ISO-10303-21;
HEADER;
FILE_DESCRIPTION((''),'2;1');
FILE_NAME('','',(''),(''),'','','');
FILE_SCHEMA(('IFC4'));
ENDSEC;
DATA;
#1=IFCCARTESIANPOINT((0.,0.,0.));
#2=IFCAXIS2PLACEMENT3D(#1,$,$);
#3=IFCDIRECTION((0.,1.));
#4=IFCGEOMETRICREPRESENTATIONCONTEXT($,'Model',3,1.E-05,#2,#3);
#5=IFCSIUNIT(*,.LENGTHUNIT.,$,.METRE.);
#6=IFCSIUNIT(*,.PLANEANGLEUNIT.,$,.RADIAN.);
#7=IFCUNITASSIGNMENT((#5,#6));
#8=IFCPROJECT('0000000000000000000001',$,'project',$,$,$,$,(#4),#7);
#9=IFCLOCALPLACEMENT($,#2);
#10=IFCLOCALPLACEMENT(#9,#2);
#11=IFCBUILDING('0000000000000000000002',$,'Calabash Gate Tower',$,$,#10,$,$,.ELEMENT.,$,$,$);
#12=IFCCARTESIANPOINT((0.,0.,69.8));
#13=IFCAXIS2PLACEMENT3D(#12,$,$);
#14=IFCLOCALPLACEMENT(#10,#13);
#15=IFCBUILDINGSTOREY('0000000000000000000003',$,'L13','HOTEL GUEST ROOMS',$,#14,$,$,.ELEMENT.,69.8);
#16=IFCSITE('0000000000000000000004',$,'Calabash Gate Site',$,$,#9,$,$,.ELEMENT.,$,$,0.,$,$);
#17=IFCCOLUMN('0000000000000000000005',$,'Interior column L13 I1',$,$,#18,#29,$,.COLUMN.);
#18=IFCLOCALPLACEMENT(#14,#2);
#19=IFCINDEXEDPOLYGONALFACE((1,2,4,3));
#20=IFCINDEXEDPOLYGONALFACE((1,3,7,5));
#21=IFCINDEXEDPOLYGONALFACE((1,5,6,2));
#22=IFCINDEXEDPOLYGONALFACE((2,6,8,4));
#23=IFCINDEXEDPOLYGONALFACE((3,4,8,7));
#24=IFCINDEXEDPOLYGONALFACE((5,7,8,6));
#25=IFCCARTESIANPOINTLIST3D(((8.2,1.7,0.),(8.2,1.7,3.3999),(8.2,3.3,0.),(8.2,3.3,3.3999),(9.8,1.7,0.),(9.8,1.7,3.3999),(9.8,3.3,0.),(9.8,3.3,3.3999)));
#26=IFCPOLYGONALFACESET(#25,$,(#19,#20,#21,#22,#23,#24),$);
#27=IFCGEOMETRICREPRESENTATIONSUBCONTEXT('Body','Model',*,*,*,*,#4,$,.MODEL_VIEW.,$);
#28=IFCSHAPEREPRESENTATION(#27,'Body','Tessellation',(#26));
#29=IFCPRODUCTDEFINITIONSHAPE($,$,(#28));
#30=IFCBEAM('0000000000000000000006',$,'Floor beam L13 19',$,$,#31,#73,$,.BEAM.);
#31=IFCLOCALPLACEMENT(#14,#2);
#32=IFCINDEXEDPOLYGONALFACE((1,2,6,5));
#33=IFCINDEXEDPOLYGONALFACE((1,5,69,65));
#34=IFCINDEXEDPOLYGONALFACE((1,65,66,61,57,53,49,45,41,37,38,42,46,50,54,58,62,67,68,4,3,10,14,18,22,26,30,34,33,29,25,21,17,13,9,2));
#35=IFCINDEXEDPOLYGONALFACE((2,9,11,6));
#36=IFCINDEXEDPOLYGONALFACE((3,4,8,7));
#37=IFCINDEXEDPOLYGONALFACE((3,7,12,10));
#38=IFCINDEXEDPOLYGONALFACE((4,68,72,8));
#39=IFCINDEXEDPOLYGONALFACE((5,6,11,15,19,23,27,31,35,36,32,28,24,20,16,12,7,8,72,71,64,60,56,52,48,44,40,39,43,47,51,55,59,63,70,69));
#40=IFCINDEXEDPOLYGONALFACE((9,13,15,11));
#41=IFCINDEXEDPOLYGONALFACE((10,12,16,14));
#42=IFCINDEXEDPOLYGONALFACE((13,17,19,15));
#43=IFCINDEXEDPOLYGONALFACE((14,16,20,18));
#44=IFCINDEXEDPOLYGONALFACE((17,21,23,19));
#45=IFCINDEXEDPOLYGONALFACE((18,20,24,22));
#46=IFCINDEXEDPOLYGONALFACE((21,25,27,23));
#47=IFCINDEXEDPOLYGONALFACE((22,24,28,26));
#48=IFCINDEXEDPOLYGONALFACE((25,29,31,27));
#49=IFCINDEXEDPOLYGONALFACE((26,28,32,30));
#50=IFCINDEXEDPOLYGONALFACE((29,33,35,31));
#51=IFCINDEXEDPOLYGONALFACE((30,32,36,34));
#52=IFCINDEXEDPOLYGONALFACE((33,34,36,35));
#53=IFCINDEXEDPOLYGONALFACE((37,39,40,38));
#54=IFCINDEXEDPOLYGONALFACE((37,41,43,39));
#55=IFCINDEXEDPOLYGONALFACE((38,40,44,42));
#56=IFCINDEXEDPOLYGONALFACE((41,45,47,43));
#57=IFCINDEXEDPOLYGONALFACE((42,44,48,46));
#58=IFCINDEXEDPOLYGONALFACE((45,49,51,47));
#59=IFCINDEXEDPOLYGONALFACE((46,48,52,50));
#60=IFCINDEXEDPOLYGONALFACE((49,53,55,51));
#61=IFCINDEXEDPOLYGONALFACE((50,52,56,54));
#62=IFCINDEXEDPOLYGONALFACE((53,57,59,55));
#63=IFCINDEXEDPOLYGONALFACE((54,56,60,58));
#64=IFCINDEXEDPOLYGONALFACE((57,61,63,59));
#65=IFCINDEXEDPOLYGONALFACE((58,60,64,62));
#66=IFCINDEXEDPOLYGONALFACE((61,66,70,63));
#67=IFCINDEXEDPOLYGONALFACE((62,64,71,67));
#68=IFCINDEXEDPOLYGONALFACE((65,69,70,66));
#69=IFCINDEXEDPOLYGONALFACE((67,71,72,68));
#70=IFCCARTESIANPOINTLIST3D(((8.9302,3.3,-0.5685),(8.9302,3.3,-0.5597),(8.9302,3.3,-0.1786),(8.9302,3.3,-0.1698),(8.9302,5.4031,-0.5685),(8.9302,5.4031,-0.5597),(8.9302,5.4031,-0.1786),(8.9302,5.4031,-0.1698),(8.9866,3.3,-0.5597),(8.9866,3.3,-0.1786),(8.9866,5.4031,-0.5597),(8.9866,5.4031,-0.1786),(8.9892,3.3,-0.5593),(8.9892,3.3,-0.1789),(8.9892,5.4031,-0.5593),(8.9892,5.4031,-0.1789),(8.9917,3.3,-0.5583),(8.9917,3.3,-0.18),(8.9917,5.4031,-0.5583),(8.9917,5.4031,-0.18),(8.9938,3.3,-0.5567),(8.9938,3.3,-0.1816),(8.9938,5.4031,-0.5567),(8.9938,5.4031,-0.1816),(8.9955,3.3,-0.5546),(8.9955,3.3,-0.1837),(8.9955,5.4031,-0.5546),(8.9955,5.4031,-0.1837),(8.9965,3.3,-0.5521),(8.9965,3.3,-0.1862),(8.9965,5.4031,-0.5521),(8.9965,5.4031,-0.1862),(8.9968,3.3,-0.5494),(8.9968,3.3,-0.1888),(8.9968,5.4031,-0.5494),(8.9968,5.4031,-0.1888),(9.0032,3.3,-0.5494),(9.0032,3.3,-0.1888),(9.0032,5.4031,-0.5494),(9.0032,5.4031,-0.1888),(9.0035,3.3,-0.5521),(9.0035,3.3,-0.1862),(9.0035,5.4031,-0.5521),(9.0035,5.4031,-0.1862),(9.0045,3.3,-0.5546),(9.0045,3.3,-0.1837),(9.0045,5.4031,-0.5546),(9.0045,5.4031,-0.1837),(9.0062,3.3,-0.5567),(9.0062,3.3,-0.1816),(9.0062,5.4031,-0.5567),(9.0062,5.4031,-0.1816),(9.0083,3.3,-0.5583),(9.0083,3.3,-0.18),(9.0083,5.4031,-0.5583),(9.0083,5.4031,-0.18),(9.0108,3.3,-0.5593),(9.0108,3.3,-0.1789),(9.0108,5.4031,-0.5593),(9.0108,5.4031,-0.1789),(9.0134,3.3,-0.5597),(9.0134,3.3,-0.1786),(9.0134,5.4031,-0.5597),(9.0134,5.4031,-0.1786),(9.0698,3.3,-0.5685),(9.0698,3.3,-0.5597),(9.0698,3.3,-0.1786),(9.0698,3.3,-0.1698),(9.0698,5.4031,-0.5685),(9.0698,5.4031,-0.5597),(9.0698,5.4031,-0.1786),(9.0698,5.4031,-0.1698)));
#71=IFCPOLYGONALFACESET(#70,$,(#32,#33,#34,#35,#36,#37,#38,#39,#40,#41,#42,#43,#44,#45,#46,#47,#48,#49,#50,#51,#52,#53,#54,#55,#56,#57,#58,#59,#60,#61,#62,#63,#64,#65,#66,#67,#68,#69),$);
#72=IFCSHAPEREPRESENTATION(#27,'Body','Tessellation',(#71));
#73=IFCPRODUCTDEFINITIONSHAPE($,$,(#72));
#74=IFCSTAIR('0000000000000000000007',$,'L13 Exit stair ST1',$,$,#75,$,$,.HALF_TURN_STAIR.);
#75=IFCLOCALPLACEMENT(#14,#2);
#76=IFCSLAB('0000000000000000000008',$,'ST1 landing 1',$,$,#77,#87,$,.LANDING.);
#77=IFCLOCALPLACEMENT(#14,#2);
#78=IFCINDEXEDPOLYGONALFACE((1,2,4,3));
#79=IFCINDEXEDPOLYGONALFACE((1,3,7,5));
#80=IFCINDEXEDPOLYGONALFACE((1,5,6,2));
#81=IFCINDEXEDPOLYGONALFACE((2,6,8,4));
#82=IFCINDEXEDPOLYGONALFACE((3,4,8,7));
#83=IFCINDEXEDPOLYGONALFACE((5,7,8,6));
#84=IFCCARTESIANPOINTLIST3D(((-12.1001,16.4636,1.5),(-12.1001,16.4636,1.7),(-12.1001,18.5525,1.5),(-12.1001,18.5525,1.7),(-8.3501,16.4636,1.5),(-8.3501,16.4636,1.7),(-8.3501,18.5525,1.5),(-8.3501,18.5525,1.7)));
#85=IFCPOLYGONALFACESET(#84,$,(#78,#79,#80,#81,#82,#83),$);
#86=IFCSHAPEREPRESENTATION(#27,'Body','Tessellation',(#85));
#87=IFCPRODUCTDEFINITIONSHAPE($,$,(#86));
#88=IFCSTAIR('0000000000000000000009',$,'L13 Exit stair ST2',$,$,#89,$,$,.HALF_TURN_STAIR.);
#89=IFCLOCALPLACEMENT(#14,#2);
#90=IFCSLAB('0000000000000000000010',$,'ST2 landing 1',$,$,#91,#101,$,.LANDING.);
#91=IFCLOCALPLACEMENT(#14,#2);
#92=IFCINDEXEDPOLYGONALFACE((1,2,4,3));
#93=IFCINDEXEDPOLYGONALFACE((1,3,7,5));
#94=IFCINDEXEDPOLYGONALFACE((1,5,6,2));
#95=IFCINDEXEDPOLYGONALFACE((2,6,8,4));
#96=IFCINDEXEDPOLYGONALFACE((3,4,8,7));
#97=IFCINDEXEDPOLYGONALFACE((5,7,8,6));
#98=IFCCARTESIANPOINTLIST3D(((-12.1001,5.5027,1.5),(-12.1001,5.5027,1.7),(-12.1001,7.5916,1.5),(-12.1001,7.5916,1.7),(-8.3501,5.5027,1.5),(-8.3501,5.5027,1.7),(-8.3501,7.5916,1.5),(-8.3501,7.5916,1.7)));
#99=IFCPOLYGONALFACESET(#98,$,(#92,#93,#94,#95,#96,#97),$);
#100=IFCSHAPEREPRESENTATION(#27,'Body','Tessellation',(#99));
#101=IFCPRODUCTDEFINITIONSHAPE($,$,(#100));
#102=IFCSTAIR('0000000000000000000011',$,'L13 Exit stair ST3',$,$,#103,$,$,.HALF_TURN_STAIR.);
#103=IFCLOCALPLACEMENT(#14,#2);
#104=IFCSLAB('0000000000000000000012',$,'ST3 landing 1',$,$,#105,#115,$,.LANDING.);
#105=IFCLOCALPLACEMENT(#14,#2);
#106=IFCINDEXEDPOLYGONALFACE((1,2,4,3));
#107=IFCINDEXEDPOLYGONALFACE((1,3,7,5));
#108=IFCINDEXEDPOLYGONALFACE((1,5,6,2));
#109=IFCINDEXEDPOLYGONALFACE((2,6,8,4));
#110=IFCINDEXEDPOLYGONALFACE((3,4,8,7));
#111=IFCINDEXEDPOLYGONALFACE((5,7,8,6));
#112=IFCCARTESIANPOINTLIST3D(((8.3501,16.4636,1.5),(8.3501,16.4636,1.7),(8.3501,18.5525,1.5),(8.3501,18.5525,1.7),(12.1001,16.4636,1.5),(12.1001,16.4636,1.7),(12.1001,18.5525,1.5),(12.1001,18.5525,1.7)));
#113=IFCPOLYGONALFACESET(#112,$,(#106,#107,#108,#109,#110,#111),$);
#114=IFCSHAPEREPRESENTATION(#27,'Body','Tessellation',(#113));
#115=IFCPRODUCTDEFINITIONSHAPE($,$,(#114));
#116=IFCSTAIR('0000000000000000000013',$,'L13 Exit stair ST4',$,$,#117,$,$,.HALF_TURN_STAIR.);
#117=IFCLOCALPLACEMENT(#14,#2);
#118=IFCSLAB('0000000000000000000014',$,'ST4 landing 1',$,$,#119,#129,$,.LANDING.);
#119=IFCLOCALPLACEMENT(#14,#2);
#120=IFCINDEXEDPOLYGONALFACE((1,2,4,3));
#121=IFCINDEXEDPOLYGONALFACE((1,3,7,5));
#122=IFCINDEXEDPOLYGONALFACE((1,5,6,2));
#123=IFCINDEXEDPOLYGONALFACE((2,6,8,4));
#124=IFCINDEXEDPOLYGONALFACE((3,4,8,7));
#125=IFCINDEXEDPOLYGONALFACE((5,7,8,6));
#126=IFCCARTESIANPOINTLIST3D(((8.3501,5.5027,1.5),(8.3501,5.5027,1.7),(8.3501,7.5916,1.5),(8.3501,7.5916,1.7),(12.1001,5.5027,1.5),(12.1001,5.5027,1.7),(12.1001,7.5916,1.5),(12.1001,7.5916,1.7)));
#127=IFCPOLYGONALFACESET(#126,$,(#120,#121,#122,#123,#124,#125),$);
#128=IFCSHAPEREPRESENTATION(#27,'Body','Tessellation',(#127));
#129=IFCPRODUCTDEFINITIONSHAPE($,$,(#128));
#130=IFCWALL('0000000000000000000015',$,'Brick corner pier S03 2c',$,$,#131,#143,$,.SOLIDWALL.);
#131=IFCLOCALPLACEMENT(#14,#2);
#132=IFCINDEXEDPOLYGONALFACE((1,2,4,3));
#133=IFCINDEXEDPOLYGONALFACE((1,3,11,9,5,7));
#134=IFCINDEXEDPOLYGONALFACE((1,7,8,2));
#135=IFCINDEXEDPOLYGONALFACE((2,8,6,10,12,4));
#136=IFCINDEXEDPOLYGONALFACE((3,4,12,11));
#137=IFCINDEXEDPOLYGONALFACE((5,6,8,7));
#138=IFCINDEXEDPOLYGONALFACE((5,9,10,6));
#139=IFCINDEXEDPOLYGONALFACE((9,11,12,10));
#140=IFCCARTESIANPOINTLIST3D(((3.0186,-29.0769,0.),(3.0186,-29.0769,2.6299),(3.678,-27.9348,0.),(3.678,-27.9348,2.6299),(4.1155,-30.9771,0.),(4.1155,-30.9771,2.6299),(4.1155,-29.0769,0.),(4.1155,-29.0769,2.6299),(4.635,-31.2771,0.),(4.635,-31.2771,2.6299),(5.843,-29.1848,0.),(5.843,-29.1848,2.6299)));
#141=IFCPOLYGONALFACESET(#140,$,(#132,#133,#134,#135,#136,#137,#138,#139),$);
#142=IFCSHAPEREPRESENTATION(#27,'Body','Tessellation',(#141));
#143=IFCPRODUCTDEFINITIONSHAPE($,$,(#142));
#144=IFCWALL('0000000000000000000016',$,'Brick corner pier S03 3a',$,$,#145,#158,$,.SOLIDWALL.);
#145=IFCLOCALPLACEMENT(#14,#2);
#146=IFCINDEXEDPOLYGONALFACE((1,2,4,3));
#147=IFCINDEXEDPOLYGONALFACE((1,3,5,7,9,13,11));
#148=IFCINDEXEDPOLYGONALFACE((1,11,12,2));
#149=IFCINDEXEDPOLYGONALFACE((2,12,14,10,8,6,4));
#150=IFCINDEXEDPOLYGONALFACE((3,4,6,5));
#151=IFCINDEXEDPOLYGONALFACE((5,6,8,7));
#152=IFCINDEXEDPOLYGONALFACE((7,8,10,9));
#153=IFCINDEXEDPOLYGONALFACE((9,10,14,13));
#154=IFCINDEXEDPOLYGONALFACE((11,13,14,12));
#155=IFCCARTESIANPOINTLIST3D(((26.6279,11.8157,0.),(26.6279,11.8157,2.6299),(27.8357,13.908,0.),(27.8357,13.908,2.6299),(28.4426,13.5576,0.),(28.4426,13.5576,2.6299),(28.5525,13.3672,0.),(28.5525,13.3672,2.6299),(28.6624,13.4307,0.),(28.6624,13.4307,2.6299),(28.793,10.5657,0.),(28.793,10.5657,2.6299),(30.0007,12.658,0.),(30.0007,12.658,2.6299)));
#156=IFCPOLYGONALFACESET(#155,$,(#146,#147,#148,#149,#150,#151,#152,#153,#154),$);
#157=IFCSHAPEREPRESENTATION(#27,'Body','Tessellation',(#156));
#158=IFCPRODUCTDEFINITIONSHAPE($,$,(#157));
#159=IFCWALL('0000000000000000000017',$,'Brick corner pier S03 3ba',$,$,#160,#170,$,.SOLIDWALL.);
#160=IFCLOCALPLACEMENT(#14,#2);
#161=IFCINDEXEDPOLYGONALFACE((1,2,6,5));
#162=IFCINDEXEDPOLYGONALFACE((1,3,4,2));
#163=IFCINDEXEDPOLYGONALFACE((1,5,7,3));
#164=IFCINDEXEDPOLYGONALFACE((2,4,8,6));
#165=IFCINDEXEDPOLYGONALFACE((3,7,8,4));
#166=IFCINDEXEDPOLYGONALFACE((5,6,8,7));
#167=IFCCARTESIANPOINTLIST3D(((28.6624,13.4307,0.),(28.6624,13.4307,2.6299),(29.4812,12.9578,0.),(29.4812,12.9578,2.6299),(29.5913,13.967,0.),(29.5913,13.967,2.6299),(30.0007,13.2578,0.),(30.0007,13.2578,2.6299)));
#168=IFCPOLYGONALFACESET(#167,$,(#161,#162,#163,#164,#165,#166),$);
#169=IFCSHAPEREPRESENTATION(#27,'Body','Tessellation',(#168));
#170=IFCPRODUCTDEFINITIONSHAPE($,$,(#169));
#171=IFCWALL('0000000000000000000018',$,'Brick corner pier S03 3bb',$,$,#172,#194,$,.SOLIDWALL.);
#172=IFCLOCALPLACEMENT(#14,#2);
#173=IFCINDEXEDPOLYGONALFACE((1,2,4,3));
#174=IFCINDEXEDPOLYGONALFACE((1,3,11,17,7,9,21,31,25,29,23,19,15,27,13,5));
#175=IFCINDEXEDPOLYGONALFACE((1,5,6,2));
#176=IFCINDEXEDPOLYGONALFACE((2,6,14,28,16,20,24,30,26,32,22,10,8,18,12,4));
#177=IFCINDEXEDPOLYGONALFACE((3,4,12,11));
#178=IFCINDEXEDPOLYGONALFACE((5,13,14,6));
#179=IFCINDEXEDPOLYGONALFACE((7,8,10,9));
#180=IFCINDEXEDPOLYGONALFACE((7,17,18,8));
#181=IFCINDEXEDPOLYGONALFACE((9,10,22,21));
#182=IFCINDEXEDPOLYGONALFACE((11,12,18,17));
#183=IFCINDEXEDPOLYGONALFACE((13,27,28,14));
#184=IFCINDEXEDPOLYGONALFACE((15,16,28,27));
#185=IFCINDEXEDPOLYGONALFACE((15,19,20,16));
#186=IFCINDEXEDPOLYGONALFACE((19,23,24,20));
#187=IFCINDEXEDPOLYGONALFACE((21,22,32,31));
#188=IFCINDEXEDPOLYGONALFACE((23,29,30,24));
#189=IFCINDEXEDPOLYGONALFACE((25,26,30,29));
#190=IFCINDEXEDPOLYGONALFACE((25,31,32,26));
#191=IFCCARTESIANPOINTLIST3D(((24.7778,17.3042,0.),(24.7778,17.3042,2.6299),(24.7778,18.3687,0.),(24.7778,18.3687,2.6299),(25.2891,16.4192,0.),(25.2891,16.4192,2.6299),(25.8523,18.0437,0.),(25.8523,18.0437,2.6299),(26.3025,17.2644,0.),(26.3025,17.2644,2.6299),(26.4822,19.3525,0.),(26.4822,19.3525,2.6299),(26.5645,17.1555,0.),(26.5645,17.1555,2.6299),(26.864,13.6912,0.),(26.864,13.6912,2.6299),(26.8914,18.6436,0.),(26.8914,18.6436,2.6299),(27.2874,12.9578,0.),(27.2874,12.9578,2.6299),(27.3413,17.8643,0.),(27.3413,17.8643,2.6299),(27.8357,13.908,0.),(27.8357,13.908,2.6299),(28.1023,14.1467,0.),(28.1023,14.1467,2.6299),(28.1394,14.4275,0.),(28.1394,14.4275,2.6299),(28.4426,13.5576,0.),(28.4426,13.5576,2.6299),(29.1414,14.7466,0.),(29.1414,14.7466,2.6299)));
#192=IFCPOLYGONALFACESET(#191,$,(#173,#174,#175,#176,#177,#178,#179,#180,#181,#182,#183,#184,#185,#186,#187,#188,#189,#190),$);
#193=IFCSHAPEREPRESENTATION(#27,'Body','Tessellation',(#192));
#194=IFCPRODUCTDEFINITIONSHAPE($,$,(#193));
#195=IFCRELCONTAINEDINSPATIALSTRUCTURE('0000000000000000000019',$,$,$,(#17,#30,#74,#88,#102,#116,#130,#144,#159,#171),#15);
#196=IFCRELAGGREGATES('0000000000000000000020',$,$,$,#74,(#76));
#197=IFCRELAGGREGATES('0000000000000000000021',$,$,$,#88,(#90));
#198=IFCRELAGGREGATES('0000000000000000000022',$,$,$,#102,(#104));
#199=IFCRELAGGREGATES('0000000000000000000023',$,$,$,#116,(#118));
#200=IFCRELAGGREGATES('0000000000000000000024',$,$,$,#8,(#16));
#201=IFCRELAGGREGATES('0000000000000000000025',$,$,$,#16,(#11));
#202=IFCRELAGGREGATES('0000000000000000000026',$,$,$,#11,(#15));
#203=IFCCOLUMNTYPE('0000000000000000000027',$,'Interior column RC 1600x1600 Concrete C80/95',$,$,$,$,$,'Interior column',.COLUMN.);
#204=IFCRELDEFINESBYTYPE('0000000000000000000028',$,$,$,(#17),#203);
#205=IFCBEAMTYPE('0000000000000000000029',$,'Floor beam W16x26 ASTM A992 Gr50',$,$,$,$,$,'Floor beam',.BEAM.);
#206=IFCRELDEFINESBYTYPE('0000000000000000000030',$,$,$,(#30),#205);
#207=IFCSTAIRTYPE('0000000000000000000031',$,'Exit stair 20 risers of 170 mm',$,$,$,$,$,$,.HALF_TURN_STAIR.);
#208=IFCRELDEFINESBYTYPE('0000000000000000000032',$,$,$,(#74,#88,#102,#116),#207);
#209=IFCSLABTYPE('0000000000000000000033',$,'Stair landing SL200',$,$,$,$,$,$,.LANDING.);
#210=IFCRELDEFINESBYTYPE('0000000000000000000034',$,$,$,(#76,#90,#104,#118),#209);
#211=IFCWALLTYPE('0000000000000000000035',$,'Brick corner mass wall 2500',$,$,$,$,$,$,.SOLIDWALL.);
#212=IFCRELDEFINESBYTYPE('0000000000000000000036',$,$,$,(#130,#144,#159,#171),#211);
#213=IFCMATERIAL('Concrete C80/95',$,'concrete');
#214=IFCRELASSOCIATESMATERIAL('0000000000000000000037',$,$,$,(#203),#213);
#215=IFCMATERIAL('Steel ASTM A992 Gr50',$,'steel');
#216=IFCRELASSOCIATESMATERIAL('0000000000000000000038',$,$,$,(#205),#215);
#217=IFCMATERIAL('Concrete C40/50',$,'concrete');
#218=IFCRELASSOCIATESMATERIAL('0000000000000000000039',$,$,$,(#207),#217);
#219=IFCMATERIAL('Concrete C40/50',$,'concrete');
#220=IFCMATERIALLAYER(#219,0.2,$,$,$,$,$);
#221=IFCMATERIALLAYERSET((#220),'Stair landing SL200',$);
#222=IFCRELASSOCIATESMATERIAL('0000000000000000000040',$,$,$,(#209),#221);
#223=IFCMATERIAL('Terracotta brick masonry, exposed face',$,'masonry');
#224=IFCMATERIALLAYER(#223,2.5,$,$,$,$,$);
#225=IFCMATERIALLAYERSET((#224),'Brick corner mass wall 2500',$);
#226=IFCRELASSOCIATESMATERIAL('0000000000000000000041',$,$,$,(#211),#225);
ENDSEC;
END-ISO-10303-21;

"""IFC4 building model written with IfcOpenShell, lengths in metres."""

from ifc_helpers import new_model, si_unit, direction, frame, origin, origin_2d, place, context, subcontext, project, spatial, polyline, rectangle, i_section, outline, extrude, material, layer, layer_set, material_profile, profile_set, type_object, element, aggregate, save


model = new_model("IFC4")

# Units and contexts
model_context = context("Model", 3, precision=1e-05, world=origin(), true_north=direction((0.0, 1.0)))
body_context = subcontext(model_context, "Body", "Model", "MODEL_VIEW")
ifc_project = project(units=[si_unit("LENGTHUNIT", "METRE"), si_unit("PLANEANGLEUNIT", "RADIAN")], contexts=[model_context])

# Site, building, storey
site_placement = place(None, origin())
site = spatial("IfcSite", under=ifc_project, at=site_placement, Name="Calabash Gate Site", CompositionType="ELEMENT", RefElevation=0.0)
building_placement = place(site_placement, origin())
building = spatial("IfcBuilding", under=site, at=building_placement, Name="Calabash Gate Tower", CompositionType="ELEMENT")
storey_placement = place(building_placement, frame((0.0, 0.0, 69.8)))
storey = spatial("IfcBuildingStorey", under=building, at=storey_placement, Name="L13", Description="HOTEL GUEST ROOMS", CompositionType="ELEMENT", Elevation=69.8)

# Column
ifc_material_1 = material(Name="Concrete C80/95", Category="concrete")
ifc_material_profile_1 = material_profile(ifc_material_1, rectangle(XDim=1.6001, YDim=1.6001, at=origin_2d()))
ifc_profile_set_1 = profile_set([ifc_material_profile_1], Name="Concrete C80/95")
column_type = type_object("IfcColumnType", Name="Interior column RC 1600x1600 Concrete C80/95", ElementType="Interior column", PredefinedType="COLUMN", material=ifc_profile_set_1)
column_placement = place(storey_placement, frame((9.0, 2.5, 0.0), z_axis=(0.0, 0.0, 1.0), x_axis=(1.0, 0.0, 0.0)))
element("IfcColumn", 1, at=column_placement, inside=storey, type_object=column_type, Name="Interior column L13 I1", PredefinedType="COLUMN", context=body_context, shape_type="SweptSolid", body=[
    extrude(rectangle(XDim=1.6001, YDim=1.6001, at=origin_2d()), origin(), (0.0, 0.0, 1.0), 3.3999),
])

# Beam
ifc_material_2 = material(Name="Steel ASTM A992 Gr50", Category="steel")
ifc_material_profile_2 = material_profile(ifc_material_2, i_section(OverallWidth=0.1396, OverallDepth=0.3987, WebThickness=0.0063, FlangeThickness=0.0088, FilletRadius=0.0103, at=origin_2d()))
ifc_profile_set_2 = profile_set([ifc_material_profile_2], Name="Steel ASTM A992 Gr50")
beam_type = type_object("IfcBeamType", Name="Floor beam W16x26 ASTM A992 Gr50", ElementType="Floor beam", PredefinedType="BEAM", material=ifc_profile_set_2)
beam_placement = place(storey_placement, frame((9.0, 3.3, -0.3691), z_axis=(0.0, 1.0, 0.0), x_axis=(-1.0, 0.0, 0.0)))
element("IfcBeam", 2, at=beam_placement, inside=storey, type_object=beam_type, Name="Floor beam L13 19", PredefinedType="BEAM", context=body_context, shape_type="SweptSolid", body=[
    extrude(i_section(OverallWidth=0.1396, OverallDepth=0.3987, WebThickness=0.0063, FlangeThickness=0.0088, FilletRadius=0.0103, at=origin_2d()), origin(), (0.0, 0.0, 1.0), 2.103),
])

# Stairs, slabs
ifc_material_3 = material(Name="Concrete C40/50", Category="concrete")
stair_type = type_object("IfcStairType", Name="Exit stair 20 risers of 170 mm", PredefinedType="HALF_TURN_STAIR", material=ifc_material_3)
stair_1_placement = place(storey_placement, origin())
stair_1 = element("IfcStair", 3, at=stair_1_placement, inside=storey, type_object=stair_type, Name="L13 Exit stair ST1", PredefinedType="HALF_TURN_STAIR")
ifc_material_4 = material(Name="Concrete C40/50", Category="concrete")
ifc_layer_1 = layer(ifc_material_4, 0.2)
ifc_layer_set_1 = layer_set([ifc_layer_1], Name="Stair landing SL200")
slab_type = type_object("IfcSlabType", Name="Stair landing SL200", PredefinedType="LANDING", material=ifc_layer_set_1)
slab_1_placement = place(storey_placement, frame((0.0, 0.0, 1.5)))
slab_1 = element("IfcSlab", 4, at=slab_1_placement, type_object=slab_type, Name="ST1 landing 1", PredefinedType="LANDING", context=body_context, shape_type="SweptSolid", body=[
    extrude(outline(polyline([(-8.3501, 16.4636), (-8.3501, 18.5525), (-12.1001, 18.5525), (-12.1001, 16.4636), (-8.3501, 16.4636)])), origin(), (0.0, 0.0, 1.0), 0.2),
])
aggregate(stair_1, [slab_1])
stair_2_placement = place(storey_placement, origin())
stair_2 = element("IfcStair", 5, at=stair_2_placement, inside=storey, type_object=stair_type, Name="L13 Exit stair ST2", PredefinedType="HALF_TURN_STAIR")
slab_2_placement = place(storey_placement, frame((0.0, 0.0, 1.5)))
slab_2 = element("IfcSlab", 6, at=slab_2_placement, type_object=slab_type, Name="ST2 landing 1", PredefinedType="LANDING", context=body_context, shape_type="SweptSolid", body=[
    extrude(outline(polyline([(-12.1001, 7.5916), (-12.1001, 5.5027), (-8.3501, 5.5027), (-8.3501, 7.5916), (-12.1001, 7.5916)])), origin(), (0.0, 0.0, 1.0), 0.2),
])
aggregate(stair_2, [slab_2])
stair_3_placement = place(storey_placement, origin())
stair_3 = element("IfcStair", 7, at=stair_3_placement, inside=storey, type_object=stair_type, Name="L13 Exit stair ST3", PredefinedType="HALF_TURN_STAIR")
slab_3_placement = place(storey_placement, frame((0.0, 0.0, 1.5)))
slab_3 = element("IfcSlab", 8, at=slab_3_placement, type_object=slab_type, Name="ST3 landing 1", PredefinedType="LANDING", context=body_context, shape_type="SweptSolid", body=[
    extrude(outline(polyline([(12.1001, 16.4636), (12.1001, 18.5525), (8.3501, 18.5525), (8.3501, 16.4636), (12.1001, 16.4636)])), origin(), (0.0, 0.0, 1.0), 0.2),
])
aggregate(stair_3, [slab_3])
stair_4_placement = place(storey_placement, origin())
stair_4 = element("IfcStair", 9, at=stair_4_placement, inside=storey, type_object=stair_type, Name="L13 Exit stair ST4", PredefinedType="HALF_TURN_STAIR")
slab_4_placement = place(storey_placement, frame((0.0, 0.0, 1.5)))
slab_4 = element("IfcSlab", 10, at=slab_4_placement, type_object=slab_type, Name="ST4 landing 1", PredefinedType="LANDING", context=body_context, shape_type="SweptSolid", body=[
    extrude(outline(polyline([(8.3501, 7.5916), (8.3501, 5.5027), (12.1001, 5.5027), (12.1001, 7.5916), (8.3501, 7.5916)])), origin(), (0.0, 0.0, 1.0), 0.2),
])
aggregate(stair_4, [slab_4])

# Walls
ifc_material_5 = material(Name="Terracotta brick masonry, exposed face", Category="masonry")
ifc_layer_2 = layer(ifc_material_5, 2.5)
ifc_layer_set_2 = layer_set([ifc_layer_2], Name="Brick corner mass wall 2500")
wall_type_1 = type_object("IfcWallType", Name="Brick corner mass wall 2500", PredefinedType="SOLIDWALL", material=ifc_layer_set_2)
wall_1_placement = place(storey_placement, origin())
element("IfcWall", 11, at=wall_1_placement, inside=storey, type_object=wall_type_1, Name="Brick corner pier S03 2c", PredefinedType="SOLIDWALL", context=body_context, shape_type="SweptSolid", body=[
    extrude(outline(polyline([(5.843, -29.1848), (3.678, -27.9348), (3.0186, -29.0769), (4.1155, -29.0769), (4.1155, -30.9771), (4.635, -31.2771), (5.843, -29.1848)])), origin(), (0.0, 0.0, 1.0), 2.6299),
])
wall_2_placement = place(storey_placement, origin())
element("IfcWall", 12, at=wall_2_placement, inside=storey, type_object=wall_type_1, Name="Brick corner pier S03 3a", PredefinedType="SOLIDWALL", context=body_context, shape_type="SweptSolid", body=[
    extrude(outline(polyline([(30.0007, 12.658), (28.6624, 13.4307), (28.5525, 13.3672), (28.4426, 13.5576), (27.8357, 13.908), (26.6279, 11.8157), (28.793, 10.5657), (30.0007, 12.658)])), origin(), (0.0, 0.0, 1.0), 2.6299),
])
wall_3_placement = place(storey_placement, origin())
element("IfcWall", 13, at=wall_3_placement, inside=storey, type_object=wall_type_1, Name="Brick corner pier S03 3ba", PredefinedType="SOLIDWALL", context=body_context, shape_type="SweptSolid", body=[
    extrude(outline(polyline([(29.4812, 12.9578), (30.0007, 13.2578), (29.5913, 13.967), (28.6624, 13.4307), (29.4812, 12.9578)])), origin(), (0.0, 0.0, 1.0), 2.6299),
])
wall_4_placement = place(storey_placement, origin())
element("IfcWall", 14, at=wall_4_placement, inside=storey, type_object=wall_type_1, Name="Brick corner pier S03 3bb", PredefinedType="SOLIDWALL", context=body_context, shape_type="SweptSolid", body=[
    extrude(outline(polyline([(25.8523, 18.0437), (26.8914, 18.6436), (26.4822, 19.3525), (24.7778, 18.3687), (24.7778, 17.3042), (25.2891, 16.4192), (26.5645, 17.1555), (28.1394, 14.4275), (26.864, 13.6912), (27.2874, 12.9578), (27.8357, 13.908), (28.4426, 13.5576), (28.1023, 14.1467), (29.1414, 14.7466), (27.3413, 17.8643), (26.3025, 17.2644), (25.8523, 18.0437)])), origin(), (0.0, 0.0, 1.0), 2.6299),
])

save(model, "model.ifc")
